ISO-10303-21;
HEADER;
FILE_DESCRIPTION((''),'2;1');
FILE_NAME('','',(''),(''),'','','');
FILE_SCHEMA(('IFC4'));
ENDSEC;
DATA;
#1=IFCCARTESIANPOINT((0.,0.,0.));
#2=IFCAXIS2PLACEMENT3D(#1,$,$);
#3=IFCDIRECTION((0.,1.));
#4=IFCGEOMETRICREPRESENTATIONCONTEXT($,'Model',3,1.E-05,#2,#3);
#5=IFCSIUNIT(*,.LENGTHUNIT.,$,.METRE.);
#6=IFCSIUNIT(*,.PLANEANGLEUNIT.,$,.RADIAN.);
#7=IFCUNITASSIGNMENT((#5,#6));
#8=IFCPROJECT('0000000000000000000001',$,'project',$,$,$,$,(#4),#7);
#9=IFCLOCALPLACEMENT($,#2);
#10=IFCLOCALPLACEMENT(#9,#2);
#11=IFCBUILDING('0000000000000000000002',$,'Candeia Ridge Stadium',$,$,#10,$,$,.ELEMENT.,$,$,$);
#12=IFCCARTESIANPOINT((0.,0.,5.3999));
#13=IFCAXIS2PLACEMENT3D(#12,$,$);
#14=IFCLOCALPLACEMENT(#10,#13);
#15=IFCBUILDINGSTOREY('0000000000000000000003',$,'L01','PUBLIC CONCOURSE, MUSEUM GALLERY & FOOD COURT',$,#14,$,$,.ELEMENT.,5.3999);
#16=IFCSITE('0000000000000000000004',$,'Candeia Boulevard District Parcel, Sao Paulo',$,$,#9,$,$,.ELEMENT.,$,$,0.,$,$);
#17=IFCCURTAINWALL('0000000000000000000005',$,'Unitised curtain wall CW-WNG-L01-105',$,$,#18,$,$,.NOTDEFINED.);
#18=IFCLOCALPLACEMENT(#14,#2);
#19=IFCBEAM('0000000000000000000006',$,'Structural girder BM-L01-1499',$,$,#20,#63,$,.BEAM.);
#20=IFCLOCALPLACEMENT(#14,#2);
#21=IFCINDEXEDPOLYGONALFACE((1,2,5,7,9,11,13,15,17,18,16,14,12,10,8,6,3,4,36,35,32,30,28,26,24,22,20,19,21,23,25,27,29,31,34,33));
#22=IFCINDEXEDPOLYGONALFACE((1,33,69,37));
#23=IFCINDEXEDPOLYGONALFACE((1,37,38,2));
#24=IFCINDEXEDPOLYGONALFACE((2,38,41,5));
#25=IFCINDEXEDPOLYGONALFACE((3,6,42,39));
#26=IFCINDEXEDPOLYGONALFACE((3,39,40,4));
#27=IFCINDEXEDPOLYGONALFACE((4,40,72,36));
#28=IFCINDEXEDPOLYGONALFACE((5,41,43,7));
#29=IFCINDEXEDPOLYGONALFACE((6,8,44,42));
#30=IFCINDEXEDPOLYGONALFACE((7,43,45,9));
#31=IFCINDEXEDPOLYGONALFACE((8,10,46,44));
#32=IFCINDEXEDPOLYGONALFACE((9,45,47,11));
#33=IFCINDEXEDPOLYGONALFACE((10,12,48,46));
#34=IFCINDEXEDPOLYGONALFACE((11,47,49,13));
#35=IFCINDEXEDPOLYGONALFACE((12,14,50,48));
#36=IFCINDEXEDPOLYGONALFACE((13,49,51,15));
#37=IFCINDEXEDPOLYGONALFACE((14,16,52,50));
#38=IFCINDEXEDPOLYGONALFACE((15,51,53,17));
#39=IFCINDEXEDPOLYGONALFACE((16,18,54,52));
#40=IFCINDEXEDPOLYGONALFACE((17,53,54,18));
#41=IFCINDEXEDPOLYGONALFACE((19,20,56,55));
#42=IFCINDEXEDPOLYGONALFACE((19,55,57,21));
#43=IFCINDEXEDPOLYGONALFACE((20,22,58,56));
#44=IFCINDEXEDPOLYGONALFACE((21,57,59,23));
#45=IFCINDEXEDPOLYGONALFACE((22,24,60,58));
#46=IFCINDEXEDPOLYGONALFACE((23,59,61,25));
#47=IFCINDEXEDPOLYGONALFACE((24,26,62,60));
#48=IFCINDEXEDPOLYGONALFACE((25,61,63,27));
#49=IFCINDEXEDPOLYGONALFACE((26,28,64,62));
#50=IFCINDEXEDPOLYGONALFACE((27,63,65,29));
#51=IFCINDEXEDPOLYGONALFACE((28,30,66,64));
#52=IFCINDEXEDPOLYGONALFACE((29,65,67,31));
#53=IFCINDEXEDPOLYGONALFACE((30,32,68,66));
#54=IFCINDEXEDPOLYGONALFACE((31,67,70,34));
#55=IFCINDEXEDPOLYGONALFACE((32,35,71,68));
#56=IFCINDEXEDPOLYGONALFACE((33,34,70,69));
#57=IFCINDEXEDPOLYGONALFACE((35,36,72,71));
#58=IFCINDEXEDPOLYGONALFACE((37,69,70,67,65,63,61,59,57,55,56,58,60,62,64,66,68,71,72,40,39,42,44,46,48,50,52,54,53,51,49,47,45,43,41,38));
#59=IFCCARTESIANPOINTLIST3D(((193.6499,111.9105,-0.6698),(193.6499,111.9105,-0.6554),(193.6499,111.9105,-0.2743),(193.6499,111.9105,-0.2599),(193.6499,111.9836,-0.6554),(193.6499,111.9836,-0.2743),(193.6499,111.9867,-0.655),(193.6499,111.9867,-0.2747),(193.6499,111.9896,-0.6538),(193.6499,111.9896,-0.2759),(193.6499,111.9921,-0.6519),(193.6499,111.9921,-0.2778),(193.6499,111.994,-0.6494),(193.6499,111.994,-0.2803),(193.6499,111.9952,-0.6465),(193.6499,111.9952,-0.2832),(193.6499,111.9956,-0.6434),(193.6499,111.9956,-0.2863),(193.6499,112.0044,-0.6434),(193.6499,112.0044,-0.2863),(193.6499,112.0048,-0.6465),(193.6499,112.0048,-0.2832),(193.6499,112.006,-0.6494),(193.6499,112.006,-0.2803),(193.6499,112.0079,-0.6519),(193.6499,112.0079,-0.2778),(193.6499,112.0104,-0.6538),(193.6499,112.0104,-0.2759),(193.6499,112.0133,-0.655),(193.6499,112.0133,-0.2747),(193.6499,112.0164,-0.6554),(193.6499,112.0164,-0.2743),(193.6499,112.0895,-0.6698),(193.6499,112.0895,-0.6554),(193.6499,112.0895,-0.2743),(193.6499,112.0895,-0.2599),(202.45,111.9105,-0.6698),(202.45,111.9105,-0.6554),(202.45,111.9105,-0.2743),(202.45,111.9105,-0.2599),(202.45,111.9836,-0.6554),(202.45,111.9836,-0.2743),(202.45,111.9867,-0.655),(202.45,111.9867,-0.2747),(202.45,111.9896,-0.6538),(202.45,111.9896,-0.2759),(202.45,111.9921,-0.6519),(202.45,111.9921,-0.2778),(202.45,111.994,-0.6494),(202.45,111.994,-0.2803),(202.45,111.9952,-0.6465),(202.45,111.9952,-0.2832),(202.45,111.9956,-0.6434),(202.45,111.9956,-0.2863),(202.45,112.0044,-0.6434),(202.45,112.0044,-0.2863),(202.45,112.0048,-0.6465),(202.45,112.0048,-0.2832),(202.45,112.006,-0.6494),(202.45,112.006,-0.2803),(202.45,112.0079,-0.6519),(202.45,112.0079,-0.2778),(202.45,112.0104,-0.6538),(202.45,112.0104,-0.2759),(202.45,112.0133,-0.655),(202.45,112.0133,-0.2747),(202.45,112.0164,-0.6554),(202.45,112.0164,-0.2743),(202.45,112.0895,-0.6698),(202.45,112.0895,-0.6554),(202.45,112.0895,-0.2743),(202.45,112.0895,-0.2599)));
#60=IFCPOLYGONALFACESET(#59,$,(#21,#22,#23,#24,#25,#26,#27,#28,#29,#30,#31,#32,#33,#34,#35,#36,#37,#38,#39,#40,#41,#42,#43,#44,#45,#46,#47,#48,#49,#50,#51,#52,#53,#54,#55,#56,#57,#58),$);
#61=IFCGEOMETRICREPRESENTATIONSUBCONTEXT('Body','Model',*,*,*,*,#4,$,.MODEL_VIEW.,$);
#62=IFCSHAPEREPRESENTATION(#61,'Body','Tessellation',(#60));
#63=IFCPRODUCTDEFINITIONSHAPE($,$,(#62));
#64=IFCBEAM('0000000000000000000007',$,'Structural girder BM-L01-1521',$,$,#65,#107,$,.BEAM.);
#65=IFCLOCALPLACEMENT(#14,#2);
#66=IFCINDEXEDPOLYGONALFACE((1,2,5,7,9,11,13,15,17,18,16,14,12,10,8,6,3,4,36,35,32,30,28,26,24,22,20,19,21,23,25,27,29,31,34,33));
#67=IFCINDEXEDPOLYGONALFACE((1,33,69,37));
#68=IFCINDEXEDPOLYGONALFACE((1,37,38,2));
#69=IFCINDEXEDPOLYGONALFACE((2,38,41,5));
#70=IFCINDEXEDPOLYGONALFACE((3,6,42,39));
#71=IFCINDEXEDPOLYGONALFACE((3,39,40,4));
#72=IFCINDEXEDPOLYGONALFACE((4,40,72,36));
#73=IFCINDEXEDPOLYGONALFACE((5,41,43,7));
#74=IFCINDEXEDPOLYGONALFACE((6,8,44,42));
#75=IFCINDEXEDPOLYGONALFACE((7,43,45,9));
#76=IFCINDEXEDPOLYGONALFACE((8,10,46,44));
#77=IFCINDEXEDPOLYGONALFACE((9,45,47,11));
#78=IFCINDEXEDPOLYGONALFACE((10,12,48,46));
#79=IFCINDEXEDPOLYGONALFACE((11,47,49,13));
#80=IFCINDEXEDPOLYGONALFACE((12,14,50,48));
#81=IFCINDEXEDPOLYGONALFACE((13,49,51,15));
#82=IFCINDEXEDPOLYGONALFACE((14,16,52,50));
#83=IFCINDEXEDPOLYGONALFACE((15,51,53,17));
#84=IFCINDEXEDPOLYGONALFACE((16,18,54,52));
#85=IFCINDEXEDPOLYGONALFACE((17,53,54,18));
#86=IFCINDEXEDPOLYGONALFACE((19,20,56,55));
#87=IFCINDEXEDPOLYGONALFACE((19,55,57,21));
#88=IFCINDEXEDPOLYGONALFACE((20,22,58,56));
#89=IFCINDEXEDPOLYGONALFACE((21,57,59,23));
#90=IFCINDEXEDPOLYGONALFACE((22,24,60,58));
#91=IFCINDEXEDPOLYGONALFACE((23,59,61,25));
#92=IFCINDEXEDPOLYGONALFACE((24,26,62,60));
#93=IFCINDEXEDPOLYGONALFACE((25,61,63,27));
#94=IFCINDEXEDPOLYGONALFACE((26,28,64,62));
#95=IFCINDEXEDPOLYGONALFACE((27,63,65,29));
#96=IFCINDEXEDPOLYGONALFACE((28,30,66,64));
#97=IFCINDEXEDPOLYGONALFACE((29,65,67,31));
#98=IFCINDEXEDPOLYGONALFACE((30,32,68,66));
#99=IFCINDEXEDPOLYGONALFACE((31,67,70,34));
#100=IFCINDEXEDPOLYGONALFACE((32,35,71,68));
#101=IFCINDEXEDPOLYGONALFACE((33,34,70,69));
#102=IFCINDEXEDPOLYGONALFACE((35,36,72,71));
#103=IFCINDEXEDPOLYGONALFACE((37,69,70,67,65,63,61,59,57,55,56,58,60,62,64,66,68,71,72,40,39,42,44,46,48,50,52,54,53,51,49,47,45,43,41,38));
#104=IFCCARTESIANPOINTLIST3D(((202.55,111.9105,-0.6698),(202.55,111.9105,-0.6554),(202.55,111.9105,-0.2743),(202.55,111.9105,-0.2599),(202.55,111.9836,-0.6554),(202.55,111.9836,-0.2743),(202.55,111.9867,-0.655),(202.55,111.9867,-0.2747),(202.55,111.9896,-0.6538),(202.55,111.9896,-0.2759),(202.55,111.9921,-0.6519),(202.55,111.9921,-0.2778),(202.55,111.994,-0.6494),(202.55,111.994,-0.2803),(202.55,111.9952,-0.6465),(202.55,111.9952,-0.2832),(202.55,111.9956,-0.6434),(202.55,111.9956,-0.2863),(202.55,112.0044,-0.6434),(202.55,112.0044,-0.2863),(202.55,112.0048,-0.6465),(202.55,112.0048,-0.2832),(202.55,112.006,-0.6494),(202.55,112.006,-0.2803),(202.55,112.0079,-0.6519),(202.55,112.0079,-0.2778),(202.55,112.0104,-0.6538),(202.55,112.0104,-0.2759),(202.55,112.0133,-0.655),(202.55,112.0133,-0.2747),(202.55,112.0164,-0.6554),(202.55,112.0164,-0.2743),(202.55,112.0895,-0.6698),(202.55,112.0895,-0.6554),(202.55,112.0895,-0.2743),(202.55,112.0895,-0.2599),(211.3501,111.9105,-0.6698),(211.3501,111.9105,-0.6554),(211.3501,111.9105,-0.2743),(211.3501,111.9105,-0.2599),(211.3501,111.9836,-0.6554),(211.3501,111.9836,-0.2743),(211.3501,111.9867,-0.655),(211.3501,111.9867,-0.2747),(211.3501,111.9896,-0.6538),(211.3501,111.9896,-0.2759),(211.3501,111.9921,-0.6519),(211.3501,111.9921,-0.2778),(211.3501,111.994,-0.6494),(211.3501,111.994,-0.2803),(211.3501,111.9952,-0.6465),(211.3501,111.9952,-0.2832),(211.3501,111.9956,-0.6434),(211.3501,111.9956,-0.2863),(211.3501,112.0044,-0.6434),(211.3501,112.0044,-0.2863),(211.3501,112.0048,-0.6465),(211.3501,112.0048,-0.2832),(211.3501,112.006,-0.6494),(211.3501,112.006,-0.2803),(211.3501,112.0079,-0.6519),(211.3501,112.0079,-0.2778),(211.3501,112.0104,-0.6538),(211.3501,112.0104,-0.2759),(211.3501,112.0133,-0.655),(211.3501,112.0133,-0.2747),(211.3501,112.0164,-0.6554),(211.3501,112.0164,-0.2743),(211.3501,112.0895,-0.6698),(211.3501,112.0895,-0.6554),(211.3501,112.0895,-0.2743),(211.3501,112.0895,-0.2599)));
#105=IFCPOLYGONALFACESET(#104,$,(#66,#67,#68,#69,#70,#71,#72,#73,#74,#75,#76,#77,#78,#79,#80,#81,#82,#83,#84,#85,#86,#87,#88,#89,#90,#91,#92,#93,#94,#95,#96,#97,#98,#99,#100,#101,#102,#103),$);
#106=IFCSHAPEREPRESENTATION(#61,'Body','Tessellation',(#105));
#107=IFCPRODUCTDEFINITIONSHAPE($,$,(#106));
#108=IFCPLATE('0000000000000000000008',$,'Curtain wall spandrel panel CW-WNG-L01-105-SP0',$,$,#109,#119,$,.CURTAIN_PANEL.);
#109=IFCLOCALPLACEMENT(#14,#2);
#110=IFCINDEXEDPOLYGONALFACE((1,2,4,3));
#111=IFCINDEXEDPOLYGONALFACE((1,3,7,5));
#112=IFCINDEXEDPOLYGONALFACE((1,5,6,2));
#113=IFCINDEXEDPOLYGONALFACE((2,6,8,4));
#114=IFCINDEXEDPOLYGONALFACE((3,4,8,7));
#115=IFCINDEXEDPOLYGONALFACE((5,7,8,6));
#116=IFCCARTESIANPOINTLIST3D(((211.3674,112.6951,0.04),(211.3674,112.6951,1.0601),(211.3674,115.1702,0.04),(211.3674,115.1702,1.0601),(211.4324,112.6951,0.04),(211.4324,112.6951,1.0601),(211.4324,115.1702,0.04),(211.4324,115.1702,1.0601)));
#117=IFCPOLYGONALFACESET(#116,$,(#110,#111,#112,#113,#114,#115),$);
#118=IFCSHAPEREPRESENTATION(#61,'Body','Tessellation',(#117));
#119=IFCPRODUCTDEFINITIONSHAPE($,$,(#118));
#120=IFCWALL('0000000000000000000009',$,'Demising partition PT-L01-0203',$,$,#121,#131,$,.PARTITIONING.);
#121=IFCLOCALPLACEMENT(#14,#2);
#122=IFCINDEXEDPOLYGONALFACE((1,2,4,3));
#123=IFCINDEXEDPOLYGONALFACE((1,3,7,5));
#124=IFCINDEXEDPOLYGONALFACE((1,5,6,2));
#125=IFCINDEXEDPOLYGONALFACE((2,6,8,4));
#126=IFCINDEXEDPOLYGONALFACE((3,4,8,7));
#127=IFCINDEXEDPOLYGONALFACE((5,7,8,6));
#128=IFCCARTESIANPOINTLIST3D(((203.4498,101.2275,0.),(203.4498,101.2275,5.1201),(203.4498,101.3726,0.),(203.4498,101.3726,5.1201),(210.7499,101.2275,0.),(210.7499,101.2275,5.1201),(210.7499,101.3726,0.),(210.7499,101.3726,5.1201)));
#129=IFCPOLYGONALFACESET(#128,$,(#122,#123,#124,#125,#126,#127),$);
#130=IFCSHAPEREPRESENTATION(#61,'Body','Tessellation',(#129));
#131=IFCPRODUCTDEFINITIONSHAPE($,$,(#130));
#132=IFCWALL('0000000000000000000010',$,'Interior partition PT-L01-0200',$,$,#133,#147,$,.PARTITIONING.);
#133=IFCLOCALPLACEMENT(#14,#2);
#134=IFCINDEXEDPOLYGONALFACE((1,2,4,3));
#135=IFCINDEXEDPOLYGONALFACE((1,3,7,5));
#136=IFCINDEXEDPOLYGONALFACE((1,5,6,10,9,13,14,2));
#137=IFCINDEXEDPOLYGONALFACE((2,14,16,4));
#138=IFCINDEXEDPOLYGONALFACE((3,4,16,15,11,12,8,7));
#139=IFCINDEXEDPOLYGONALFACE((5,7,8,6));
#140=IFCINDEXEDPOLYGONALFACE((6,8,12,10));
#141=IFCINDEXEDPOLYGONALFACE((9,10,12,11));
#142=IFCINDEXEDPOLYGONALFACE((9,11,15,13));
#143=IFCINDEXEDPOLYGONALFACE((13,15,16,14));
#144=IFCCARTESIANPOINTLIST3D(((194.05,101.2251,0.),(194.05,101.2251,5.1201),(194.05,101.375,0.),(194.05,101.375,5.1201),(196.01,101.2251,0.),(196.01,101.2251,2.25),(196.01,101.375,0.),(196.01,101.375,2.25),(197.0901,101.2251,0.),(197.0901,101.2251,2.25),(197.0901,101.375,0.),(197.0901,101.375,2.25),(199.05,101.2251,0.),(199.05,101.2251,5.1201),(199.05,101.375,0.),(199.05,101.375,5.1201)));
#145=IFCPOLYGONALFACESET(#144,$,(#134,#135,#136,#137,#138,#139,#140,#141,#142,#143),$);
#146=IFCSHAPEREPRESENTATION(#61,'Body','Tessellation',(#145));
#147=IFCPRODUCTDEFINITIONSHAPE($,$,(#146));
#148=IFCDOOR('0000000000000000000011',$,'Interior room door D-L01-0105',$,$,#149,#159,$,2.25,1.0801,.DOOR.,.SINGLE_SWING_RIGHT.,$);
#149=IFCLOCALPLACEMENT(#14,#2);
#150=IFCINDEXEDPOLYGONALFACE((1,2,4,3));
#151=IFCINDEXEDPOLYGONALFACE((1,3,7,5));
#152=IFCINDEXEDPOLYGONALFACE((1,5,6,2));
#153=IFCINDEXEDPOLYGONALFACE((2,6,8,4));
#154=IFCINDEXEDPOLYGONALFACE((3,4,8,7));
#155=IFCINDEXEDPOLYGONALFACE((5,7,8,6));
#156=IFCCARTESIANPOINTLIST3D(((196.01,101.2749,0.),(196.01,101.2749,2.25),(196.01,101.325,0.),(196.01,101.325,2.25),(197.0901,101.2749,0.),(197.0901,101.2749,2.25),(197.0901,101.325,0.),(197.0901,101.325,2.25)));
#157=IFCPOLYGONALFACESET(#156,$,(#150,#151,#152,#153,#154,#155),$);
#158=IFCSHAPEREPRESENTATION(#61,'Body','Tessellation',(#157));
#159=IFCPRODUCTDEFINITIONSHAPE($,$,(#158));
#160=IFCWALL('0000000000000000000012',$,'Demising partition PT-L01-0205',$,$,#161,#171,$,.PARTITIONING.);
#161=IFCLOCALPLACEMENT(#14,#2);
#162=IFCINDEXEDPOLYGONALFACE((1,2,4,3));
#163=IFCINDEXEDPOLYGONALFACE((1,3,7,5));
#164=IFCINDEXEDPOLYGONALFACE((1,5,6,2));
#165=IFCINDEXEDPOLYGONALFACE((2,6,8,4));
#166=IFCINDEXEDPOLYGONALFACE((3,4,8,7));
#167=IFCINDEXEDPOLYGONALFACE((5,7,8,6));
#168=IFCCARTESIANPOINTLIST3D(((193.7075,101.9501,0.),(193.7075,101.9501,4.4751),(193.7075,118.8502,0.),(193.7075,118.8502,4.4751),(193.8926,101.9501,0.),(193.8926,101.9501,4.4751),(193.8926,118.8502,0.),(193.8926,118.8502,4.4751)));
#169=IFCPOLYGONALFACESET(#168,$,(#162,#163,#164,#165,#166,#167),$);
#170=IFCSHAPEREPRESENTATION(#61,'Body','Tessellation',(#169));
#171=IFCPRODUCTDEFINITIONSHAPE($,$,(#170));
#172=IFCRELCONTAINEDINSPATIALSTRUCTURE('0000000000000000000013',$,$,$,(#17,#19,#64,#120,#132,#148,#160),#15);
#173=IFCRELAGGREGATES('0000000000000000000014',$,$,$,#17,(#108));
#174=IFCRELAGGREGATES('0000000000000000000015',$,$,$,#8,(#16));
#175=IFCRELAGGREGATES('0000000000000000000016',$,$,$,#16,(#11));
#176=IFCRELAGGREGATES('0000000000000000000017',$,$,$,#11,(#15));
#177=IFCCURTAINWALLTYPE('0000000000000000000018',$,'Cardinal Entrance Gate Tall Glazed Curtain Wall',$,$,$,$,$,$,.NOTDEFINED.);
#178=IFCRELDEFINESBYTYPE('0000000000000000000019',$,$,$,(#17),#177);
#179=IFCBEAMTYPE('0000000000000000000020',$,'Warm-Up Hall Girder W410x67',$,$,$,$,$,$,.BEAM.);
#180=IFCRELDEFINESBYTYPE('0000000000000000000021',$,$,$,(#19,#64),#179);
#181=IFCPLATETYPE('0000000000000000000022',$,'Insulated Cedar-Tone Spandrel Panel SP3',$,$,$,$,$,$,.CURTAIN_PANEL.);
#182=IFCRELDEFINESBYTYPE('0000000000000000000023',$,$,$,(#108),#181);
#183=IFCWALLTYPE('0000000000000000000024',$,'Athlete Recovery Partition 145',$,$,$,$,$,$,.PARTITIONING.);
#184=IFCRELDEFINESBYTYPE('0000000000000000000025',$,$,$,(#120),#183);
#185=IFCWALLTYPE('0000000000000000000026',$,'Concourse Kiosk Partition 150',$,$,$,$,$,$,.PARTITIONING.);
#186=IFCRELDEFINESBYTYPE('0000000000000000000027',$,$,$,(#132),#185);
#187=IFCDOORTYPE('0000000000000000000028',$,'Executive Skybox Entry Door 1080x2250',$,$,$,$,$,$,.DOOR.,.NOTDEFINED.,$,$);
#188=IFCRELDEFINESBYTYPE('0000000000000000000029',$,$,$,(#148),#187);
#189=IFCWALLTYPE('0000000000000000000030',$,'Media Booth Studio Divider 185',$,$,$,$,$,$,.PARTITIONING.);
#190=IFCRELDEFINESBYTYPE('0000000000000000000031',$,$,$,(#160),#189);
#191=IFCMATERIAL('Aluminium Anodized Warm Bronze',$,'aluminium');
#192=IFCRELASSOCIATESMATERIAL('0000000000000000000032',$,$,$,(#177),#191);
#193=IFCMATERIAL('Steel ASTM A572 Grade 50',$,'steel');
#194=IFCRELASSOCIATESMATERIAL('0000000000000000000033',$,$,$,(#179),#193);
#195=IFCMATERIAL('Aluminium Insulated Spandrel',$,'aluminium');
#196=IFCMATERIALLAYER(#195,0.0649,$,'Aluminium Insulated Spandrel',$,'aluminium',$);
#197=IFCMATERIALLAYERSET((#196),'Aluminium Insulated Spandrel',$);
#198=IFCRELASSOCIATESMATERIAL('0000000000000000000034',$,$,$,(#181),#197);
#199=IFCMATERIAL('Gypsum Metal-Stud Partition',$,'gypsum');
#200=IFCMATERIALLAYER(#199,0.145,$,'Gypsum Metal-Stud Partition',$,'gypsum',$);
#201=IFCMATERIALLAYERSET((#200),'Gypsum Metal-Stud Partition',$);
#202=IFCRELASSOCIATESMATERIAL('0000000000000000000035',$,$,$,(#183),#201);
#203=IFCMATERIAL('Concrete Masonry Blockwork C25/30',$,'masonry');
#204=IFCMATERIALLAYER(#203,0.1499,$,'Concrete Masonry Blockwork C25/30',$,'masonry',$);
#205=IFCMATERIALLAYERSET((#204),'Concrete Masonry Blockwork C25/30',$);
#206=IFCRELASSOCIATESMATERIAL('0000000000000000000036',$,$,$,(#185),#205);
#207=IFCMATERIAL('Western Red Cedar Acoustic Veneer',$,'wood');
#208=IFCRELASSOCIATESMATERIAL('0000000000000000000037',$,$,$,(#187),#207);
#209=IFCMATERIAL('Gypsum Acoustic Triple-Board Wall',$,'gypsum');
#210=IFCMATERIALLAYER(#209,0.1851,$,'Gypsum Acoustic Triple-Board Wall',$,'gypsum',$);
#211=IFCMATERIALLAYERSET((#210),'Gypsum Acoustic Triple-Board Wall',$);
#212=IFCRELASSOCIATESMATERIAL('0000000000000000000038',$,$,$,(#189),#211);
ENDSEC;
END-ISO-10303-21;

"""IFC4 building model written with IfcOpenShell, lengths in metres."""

from ifc_helpers import new_model, si_unit, direction, frame, frame_2d, origin, origin_2d, place, context, subcontext, project, spatial, rectangle, i_section, extrude, material, layer, layer_set, material_profile, profile_set, type_object, element, fill, aggregate, save


model = new_model("IFC4")

# Units and contexts
model_context = context("Model", 3, precision=1e-05, world=origin(), true_north=direction((0.0, 1.0)))
body_context = subcontext(model_context, "Body", "Model", "MODEL_VIEW")
ifc_project = project(units=[si_unit("LENGTHUNIT", "METRE"), si_unit("PLANEANGLEUNIT", "RADIAN")], contexts=[model_context])

# Site, building, storey
site_placement = place(None, origin())
site = spatial("IfcSite", under=ifc_project, at=site_placement, Name="Candeia Boulevard District Parcel, Sao Paulo", CompositionType="ELEMENT", RefElevation=0.0)
building_placement = place(site_placement, origin())
building = spatial("IfcBuilding", under=site, at=building_placement, Name="Candeia Ridge Stadium", CompositionType="ELEMENT")
storey_placement = place(building_placement, frame((0.0, 0.0, 5.3999)))
storey = spatial("IfcBuildingStorey", under=building, at=storey_placement, Name="L01", Description="PUBLIC CONCOURSE, MUSEUM GALLERY & FOOD COURT", CompositionType="ELEMENT", Elevation=5.3999)

# Curtain wall
ifc_material_1 = material(Name="Aluminium Anodized Warm Bronze", Category="aluminium")
curtain_wall_type = type_object("IfcCurtainWallType", Name="Cardinal Entrance Gate Tall Glazed Curtain Wall", PredefinedType="NOTDEFINED", material=ifc_material_1)
curtain_wall_placement = place(storey_placement, origin())
curtain_wall = element("IfcCurtainWall", 1, at=curtain_wall_placement, inside=storey, type_object=curtain_wall_type, Name="Unitised curtain wall CW-WNG-L01-105", PredefinedType="NOTDEFINED")

# Beams
ifc_material_2 = material(Name="Steel ASTM A572 Grade 50", Category="steel")
ifc_material_profile_1 = material_profile(ifc_material_2, i_section(OverallWidth=0.179, OverallDepth=0.4099, WebThickness=0.0088, FlangeThickness=0.0144, FilletRadius=0.012, at=origin_2d()), Name="W410x67", Category="steel")
ifc_profile_set_1 = profile_set([ifc_material_profile_1], Name="Steel ASTM A572 Grade 50")
beam_type_1 = type_object("IfcBeamType", Name="Warm-Up Hall Girder W410x67", PredefinedType="BEAM", material=ifc_profile_set_1)
for number, where, z_axis, x_axis, name in (
    (2, (193.6499, 112.0, -0.4648), (1.0, 0.0, 0.0), (0.0, 1.0, 0.0), "Structural girder BM-L01-1499"),
    (3, (202.55, 112.0, -0.4648), (1.0, 0.0, 0.0), (0.0, 1.0, 0.0), "Structural girder BM-L01-1521"),
):
    element("IfcBeam", number, at=place(storey_placement, frame(where, z_axis=z_axis, x_axis=x_axis)), inside=storey, type_object=beam_type_1, Name=name, PredefinedType="BEAM", context=body_context, shape_type="SweptSolid", body=[
        extrude(i_section(OverallWidth=0.179, OverallDepth=0.4099, WebThickness=0.0088, FlangeThickness=0.0144, FilletRadius=0.012, at=origin_2d()), origin(), (0.0, 0.0, 1.0), 8.8),
    ])

# Plate
ifc_material_3 = material(Name="Aluminium Insulated Spandrel", Category="aluminium")
ifc_layer_1 = layer(ifc_material_3, 0.0649, Name="Aluminium Insulated Spandrel", Category="aluminium")
ifc_layer_set_1 = layer_set([ifc_layer_1], Name="Aluminium Insulated Spandrel")
plate_type = type_object("IfcPlateType", Name="Insulated Cedar-Tone Spandrel Panel SP3", PredefinedType="CURTAIN_PANEL", material=ifc_layer_set_1)
plate_placement = place(storey_placement, frame((211.3999, 113.9326, 0.04), z_axis=(0.0, 0.0, 1.0), x_axis=(0.0, 1.0, 0.0)))
plate = element("IfcPlate", 4, at=plate_placement, type_object=plate_type, Name="Curtain wall spandrel panel CW-WNG-L01-105-SP0", PredefinedType="CURTAIN_PANEL", context=body_context, shape_type="SweptSolid", body=[
    extrude(rectangle(XDim=2.4751, YDim=0.0649, at=origin_2d()), origin(), (0.0, 0.0, 1.0), 1.02),
])
aggregate(curtain_wall, [plate])

# Wall
ifc_material_4 = material(Name="Gypsum Metal-Stud Partition", Category="gypsum")
ifc_layer_2 = layer(ifc_material_4, 0.145, Name="Gypsum Metal-Stud Partition", Category="gypsum")
ifc_layer_set_2 = layer_set([ifc_layer_2], Name="Gypsum Metal-Stud Partition")
wall_type_1 = type_object("IfcWallType", Name="Athlete Recovery Partition 145", PredefinedType="PARTITIONING", material=ifc_layer_set_2)
wall_1_placement = place(storey_placement, frame((203.45, 101.3, 0.0), z_axis=(0.0, 0.0, 1.0), x_axis=(1.0, 0.0, 0.0)))
element("IfcWall", 5, at=wall_1_placement, inside=storey, type_object=wall_type_1, Name="Demising partition PT-L01-0203", PredefinedType="PARTITIONING", context=body_context, shape_type="SweptSolid", body=[
    extrude(rectangle(XDim=7.3, YDim=0.145, at=frame_2d((3.6499, 0.0))), origin(), (0.0, 0.0, 1.0), 5.1201),
])

# Wall, opening, door
ifc_material_5 = material(Name="Concrete Masonry Blockwork C25/30", Category="masonry")
ifc_layer_3 = layer(ifc_material_5, 0.1499, Name="Concrete Masonry Blockwork C25/30", Category="masonry")
ifc_layer_set_3 = layer_set([ifc_layer_3], Name="Concrete Masonry Blockwork C25/30")
wall_type_2 = type_object("IfcWallType", Name="Concourse Kiosk Partition 150", PredefinedType="PARTITIONING", material=ifc_layer_set_3)
wall_2_placement = place(storey_placement, frame((194.05, 101.3, 0.0), z_axis=(0.0, 0.0, 1.0), x_axis=(1.0, 0.0, 0.0)))
wall_2 = element("IfcWall", 6, at=wall_2_placement, inside=storey, type_object=wall_type_2, Name="Interior partition PT-L01-0200", PredefinedType="PARTITIONING", context=body_context, shape_type="SweptSolid", body=[
    extrude(rectangle(XDim=5.0, YDim=0.1499, at=frame_2d((2.5, 0.0))), origin(), (0.0, 0.0, 1.0), 5.1201),
])
opening_1_placement = place(wall_2_placement, frame((1.96, 0.0, 0.0)))
opening_1 = element("IfcOpeningElement", 7, at=opening_1_placement, cuts=wall_2, PredefinedType="OPENING", context=body_context, shape_type="SweptSolid", body=[
    extrude(rectangle(XDim=1.0801, YDim=2.25, at=frame_2d((0.54, 1.125))), frame((0.0, 0.085, 0.0), z_axis=(0.0, -1.0, 0.0), x_axis=(1.0, 0.0, 0.0)), (0.0, 0.0, 1.0), 0.1699),
])
ifc_material_6 = material(Name="Western Red Cedar Acoustic Veneer", Category="wood")
door_type_1 = type_object("IfcDoorType", Name="Executive Skybox Entry Door 1080x2250", OperationType="NOTDEFINED", PredefinedType="DOOR", material=ifc_material_6)
door_1_placement = place(opening_1_placement, origin())
door_1 = element("IfcDoor", 8, at=door_1_placement, inside=storey, type_object=door_type_1, Name="Interior room door D-L01-0105", OperationType="SINGLE_SWING_RIGHT", OverallHeight=2.25, OverallWidth=1.0801, PredefinedType="DOOR", context=body_context, shape_type="SweptSolid", body=[
    extrude(rectangle(XDim=1.0801, YDim=2.25, at=frame_2d((0.54, 1.125))), frame((0.0, 0.0249, 0.0), z_axis=(0.0, -1.0, 0.0), x_axis=(1.0, 0.0, 0.0)), (0.0, 0.0, 1.0), 0.05),
])
fill(opening_1, door_1)

# Wall
ifc_material_7 = material(Name="Gypsum Acoustic Triple-Board Wall", Category="gypsum")
ifc_layer_4 = layer(ifc_material_7, 0.1851, Name="Gypsum Acoustic Triple-Board Wall", Category="gypsum")
ifc_layer_set_4 = layer_set([ifc_layer_4], Name="Gypsum Acoustic Triple-Board Wall")
wall_type_3 = type_object("IfcWallType", Name="Media Booth Studio Divider 185", PredefinedType="PARTITIONING", material=ifc_layer_set_4)
wall_3_placement = place(storey_placement, frame((193.8, 101.95, 0.0), z_axis=(0.0, 0.0, 1.0), x_axis=(0.0, 1.0, 0.0)))
element("IfcWall", 9, at=wall_3_placement, inside=storey, type_object=wall_type_3, Name="Demising partition PT-L01-0205", PredefinedType="PARTITIONING", context=body_context, shape_type="SweptSolid", body=[
    extrude(rectangle(XDim=16.9001, YDim=0.1851, at=frame_2d((8.4502, 0.0))), origin(), (0.0, 0.0, 1.0), 4.4751),
])

save(model, "model.ifc")
